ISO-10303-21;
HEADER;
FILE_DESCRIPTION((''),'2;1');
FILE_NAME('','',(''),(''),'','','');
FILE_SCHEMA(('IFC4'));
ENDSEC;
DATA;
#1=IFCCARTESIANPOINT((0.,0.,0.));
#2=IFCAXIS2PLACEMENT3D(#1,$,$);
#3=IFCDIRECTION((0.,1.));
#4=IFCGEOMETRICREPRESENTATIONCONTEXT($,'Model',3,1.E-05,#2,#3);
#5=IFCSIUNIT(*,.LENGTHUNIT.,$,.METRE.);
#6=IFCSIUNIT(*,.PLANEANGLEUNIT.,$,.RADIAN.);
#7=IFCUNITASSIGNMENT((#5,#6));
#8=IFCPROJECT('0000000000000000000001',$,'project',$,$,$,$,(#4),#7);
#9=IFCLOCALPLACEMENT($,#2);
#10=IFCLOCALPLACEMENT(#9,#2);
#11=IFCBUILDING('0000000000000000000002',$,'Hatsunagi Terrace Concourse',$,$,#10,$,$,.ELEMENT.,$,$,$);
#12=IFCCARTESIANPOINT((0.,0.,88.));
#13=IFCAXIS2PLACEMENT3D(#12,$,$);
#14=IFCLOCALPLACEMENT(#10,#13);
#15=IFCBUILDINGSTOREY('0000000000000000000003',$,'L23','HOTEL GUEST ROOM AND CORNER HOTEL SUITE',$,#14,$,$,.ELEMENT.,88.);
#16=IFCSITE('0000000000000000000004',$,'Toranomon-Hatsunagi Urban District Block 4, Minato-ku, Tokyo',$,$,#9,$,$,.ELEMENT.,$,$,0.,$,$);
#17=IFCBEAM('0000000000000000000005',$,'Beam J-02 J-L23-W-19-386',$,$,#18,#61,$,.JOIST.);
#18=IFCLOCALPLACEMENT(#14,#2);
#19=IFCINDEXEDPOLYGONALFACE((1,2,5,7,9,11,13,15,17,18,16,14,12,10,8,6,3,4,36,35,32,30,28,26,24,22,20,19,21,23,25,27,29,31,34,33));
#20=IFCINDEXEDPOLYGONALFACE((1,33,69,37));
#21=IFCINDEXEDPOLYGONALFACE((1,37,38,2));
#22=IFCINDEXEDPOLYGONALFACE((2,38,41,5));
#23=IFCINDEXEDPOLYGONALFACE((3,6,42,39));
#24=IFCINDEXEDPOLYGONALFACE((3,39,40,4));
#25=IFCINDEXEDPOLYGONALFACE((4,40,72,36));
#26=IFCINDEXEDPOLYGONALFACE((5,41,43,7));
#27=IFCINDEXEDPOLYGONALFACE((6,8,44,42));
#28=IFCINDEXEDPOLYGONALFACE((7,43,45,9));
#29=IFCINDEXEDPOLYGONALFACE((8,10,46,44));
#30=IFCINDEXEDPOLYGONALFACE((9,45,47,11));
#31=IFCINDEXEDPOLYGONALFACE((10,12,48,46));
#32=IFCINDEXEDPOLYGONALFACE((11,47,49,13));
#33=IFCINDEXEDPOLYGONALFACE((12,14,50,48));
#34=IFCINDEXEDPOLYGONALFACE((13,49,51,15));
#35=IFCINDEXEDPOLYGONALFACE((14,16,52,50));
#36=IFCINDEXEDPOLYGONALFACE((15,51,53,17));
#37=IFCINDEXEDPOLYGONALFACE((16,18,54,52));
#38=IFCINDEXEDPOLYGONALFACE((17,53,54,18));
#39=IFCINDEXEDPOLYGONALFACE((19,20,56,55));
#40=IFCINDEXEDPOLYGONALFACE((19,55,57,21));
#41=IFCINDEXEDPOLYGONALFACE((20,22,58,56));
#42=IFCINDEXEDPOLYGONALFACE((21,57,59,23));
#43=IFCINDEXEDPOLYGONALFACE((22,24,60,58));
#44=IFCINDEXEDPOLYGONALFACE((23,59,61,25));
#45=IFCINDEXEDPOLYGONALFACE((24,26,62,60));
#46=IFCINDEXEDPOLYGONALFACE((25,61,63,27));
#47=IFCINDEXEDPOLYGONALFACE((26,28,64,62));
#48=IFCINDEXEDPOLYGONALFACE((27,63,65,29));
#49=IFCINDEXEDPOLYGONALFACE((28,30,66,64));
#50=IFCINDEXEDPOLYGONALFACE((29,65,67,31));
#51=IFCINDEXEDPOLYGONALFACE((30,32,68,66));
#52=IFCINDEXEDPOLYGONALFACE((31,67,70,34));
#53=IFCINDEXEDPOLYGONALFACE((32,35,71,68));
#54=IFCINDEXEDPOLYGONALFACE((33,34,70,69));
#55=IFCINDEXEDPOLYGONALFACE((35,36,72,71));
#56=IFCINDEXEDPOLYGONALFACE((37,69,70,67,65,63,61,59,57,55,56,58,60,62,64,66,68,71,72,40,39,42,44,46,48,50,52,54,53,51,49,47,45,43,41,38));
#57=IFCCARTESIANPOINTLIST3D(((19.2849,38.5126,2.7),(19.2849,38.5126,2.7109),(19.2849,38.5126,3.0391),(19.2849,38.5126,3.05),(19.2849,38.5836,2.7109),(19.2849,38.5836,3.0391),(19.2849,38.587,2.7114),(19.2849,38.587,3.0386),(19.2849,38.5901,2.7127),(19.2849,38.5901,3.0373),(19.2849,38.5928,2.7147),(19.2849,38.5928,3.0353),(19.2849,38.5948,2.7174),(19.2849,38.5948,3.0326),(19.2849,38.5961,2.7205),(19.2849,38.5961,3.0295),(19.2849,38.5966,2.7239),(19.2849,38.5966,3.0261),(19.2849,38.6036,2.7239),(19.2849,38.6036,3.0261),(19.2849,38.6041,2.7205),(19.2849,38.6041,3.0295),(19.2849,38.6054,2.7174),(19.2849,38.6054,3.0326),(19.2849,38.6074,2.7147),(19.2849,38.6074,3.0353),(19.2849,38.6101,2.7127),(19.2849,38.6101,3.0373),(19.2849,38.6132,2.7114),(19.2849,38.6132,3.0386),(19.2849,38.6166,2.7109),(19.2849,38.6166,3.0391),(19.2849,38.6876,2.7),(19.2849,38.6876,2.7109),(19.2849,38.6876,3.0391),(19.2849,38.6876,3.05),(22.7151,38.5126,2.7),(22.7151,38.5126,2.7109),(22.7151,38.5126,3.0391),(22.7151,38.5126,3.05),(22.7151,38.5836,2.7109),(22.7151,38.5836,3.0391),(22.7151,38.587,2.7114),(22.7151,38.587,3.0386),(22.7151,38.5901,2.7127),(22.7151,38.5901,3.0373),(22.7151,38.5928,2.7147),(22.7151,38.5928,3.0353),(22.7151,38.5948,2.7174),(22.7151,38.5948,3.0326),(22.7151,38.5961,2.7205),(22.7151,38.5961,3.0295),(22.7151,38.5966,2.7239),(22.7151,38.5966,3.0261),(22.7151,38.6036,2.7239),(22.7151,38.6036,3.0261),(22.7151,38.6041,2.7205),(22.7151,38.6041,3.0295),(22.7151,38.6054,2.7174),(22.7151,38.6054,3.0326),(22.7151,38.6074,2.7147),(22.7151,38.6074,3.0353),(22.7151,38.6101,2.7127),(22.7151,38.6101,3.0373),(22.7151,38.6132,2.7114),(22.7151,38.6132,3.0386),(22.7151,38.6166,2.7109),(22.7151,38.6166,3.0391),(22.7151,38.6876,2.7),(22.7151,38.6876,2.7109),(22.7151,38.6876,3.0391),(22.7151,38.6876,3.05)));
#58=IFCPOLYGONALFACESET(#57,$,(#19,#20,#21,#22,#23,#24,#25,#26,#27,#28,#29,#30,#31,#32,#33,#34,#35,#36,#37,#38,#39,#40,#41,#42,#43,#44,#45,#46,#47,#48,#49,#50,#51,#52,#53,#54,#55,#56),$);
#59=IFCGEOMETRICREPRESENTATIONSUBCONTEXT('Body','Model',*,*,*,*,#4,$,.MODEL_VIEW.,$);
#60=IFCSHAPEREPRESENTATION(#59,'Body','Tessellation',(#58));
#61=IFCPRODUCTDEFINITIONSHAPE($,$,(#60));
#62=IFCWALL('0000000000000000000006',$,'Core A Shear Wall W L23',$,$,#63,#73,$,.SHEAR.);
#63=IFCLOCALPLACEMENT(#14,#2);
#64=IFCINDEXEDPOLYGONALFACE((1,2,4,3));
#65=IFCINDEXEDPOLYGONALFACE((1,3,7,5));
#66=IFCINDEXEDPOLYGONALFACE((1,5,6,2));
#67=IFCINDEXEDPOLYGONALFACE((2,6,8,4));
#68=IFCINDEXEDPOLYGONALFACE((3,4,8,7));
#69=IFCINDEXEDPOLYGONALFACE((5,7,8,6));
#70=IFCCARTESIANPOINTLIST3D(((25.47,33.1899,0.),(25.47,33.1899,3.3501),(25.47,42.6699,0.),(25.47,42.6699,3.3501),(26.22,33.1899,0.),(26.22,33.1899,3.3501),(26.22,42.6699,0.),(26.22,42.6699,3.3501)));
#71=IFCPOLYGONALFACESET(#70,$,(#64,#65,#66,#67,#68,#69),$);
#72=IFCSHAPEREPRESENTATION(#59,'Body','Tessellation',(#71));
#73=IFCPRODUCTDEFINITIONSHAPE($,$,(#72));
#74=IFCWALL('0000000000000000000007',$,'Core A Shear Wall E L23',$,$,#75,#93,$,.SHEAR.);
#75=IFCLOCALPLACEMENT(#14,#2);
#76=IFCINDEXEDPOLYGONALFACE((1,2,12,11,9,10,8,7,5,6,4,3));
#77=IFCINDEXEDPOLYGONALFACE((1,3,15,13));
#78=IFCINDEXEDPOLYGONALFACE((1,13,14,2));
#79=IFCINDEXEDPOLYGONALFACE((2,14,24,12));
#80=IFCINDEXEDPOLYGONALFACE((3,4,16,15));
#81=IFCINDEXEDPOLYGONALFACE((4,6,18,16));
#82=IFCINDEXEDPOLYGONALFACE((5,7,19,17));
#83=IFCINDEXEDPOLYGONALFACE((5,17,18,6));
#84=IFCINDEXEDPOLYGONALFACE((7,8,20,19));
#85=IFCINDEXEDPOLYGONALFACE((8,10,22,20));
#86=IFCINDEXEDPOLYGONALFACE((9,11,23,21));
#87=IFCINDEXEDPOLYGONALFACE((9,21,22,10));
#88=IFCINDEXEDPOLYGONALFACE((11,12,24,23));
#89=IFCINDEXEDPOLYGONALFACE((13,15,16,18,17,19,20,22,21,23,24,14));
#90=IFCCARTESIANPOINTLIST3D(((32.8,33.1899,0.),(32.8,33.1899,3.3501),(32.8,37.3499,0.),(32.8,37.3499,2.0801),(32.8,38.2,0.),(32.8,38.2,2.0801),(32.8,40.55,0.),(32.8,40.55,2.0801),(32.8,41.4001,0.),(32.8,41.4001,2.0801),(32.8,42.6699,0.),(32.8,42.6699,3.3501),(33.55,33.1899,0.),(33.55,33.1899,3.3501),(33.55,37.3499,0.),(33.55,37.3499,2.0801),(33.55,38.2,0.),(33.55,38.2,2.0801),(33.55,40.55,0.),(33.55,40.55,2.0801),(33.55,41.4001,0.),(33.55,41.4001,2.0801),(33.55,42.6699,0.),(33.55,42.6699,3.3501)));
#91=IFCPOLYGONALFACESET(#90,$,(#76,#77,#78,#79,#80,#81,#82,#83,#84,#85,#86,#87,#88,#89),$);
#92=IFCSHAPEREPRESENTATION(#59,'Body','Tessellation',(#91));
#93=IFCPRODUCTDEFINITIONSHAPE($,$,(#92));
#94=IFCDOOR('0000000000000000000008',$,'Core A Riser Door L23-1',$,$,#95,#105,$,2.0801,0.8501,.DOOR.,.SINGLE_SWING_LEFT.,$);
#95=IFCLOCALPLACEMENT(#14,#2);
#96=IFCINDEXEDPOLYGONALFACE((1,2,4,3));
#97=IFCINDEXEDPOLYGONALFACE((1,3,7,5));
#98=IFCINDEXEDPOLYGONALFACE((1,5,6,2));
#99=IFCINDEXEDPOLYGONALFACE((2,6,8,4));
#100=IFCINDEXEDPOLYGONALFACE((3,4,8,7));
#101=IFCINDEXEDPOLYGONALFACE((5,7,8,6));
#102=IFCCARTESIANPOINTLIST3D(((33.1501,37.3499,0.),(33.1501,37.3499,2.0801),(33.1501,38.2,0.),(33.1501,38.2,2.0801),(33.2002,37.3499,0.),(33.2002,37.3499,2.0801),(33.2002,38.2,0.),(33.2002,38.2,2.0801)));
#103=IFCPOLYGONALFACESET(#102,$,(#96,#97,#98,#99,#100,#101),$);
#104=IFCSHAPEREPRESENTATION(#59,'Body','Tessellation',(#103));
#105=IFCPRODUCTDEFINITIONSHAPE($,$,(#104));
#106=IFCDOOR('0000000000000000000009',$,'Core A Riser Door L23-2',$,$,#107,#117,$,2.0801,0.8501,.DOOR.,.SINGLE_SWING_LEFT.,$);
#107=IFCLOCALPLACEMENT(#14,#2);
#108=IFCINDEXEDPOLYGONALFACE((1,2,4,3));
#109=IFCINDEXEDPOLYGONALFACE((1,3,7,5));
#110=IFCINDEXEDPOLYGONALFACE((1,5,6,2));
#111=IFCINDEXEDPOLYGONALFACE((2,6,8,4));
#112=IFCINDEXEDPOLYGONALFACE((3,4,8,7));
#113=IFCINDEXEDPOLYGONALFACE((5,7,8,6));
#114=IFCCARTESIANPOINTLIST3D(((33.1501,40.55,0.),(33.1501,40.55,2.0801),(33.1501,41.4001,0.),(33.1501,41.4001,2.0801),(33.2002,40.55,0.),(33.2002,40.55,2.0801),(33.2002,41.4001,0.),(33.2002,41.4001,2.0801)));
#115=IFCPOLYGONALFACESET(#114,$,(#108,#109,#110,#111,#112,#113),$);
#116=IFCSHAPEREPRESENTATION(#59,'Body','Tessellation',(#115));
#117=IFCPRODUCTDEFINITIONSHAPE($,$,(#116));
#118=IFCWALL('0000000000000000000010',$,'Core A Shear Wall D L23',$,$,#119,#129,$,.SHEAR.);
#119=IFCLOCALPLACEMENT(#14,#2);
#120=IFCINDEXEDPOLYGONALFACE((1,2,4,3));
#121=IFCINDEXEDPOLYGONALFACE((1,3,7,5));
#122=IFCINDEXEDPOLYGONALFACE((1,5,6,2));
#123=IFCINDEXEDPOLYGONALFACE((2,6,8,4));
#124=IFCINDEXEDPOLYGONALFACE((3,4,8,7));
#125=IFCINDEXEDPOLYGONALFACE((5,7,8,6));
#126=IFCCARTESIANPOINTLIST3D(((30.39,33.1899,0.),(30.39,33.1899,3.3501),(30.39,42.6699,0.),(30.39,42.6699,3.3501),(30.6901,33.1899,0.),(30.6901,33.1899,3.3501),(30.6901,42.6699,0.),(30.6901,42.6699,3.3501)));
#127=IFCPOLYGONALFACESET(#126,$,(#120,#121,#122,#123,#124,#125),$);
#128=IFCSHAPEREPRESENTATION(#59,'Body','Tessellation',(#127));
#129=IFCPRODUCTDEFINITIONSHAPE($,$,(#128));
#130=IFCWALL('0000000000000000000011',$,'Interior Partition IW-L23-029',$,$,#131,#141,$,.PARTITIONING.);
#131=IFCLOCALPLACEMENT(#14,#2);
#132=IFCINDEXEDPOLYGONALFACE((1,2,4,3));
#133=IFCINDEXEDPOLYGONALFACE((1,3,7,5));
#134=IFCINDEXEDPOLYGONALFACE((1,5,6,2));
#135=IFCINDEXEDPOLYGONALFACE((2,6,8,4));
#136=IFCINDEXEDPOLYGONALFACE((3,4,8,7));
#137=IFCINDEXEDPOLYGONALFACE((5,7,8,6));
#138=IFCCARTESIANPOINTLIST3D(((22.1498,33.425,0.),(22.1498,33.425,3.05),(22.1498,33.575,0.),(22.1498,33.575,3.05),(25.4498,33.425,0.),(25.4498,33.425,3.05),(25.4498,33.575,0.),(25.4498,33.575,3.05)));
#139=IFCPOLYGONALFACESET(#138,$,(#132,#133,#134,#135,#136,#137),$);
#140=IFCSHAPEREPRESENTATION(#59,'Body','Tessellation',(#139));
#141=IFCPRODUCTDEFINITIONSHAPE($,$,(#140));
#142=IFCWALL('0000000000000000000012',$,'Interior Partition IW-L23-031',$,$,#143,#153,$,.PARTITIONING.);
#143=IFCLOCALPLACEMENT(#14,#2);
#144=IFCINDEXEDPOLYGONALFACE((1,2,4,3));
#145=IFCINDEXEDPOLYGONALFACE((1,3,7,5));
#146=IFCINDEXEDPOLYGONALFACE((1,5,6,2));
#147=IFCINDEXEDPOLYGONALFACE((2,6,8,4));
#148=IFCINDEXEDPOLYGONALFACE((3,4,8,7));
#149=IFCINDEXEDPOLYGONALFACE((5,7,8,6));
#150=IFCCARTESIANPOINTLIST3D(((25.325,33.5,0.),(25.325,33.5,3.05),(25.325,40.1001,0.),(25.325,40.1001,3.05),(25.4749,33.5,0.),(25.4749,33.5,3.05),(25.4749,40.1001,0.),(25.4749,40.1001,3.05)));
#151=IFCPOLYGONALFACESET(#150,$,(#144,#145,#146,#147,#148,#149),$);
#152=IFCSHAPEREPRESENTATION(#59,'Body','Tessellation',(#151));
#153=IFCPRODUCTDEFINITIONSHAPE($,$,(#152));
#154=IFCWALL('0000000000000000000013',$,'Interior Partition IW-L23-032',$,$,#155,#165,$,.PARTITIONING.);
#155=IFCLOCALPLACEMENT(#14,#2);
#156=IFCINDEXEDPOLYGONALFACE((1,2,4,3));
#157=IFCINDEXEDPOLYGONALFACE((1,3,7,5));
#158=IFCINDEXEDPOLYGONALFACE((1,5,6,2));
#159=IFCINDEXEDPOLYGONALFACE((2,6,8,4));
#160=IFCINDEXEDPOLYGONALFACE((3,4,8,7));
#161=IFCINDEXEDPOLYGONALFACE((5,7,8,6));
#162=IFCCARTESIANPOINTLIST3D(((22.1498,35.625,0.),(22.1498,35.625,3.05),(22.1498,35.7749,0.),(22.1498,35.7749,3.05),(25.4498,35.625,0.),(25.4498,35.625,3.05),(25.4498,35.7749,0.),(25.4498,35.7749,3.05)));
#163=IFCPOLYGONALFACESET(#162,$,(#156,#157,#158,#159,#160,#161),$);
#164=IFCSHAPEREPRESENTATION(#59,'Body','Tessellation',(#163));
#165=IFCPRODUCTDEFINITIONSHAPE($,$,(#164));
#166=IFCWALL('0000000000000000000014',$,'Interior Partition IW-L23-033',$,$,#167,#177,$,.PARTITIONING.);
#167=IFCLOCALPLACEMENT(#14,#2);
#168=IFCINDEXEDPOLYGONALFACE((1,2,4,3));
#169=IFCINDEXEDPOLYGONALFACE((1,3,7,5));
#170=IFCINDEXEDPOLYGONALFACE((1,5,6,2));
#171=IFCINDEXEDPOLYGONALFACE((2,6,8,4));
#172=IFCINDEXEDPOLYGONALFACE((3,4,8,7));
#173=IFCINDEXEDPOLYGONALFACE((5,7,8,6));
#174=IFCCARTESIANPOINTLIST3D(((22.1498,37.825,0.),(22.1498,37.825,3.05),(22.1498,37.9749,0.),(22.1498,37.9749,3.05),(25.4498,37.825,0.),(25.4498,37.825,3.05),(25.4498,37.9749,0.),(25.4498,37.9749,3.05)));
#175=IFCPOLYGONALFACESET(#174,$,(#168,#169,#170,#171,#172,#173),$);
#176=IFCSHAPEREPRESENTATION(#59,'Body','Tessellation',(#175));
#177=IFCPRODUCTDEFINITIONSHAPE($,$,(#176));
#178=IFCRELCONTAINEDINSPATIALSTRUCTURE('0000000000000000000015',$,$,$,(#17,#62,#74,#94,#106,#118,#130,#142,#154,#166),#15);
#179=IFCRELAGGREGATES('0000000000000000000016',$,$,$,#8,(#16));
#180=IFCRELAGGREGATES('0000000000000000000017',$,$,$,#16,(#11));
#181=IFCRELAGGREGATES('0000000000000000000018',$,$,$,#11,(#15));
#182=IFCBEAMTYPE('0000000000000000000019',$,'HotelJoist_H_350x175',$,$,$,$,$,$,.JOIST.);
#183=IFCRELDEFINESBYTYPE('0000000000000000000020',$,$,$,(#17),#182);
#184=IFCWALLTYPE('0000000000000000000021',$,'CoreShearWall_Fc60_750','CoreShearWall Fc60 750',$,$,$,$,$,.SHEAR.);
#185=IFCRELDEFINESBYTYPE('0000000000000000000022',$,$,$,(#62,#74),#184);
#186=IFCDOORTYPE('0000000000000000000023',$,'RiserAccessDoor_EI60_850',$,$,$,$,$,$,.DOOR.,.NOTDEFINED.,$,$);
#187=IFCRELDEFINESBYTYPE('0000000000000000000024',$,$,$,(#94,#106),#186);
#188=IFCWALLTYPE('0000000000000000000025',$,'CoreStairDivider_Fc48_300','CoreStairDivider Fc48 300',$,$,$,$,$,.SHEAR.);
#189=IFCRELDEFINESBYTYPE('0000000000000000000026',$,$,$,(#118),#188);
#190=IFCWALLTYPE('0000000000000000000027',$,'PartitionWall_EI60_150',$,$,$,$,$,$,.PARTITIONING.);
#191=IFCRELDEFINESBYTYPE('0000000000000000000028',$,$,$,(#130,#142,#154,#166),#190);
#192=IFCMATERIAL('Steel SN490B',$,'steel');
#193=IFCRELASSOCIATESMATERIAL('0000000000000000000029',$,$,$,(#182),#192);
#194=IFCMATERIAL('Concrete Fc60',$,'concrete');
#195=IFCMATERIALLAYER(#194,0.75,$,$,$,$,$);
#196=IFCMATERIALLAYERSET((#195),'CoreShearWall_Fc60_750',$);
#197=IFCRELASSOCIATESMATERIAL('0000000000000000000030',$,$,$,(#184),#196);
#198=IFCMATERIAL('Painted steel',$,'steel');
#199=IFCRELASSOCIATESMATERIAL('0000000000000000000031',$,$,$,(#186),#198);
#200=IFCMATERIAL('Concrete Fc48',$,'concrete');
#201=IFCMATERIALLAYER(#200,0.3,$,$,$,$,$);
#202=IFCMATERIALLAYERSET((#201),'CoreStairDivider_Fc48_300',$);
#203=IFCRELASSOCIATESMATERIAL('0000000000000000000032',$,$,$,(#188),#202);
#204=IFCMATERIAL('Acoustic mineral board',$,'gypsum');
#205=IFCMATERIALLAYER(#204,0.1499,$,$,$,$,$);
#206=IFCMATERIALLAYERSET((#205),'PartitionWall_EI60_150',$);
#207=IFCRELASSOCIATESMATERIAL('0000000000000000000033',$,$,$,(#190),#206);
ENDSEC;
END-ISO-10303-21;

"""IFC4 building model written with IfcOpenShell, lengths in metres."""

from ifc_helpers import new_model, si_unit, direction, frame, frame_2d, origin, origin_2d, place, context, subcontext, project, spatial, rectangle, i_section, extrude, material, layer, layer_set, material_profile, profile_set, type_object, element, fill, save


model = new_model("IFC4")

# Units and contexts
model_context = context("Model", 3, precision=1e-05, world=origin(), true_north=direction((0.0, 1.0)))
body_context = subcontext(model_context, "Body", "Model", "MODEL_VIEW")
ifc_project = project(units=[si_unit("LENGTHUNIT", "METRE"), si_unit("PLANEANGLEUNIT", "RADIAN")], contexts=[model_context])

# Site, building, storey
site_placement = place(None, origin())
site = spatial("IfcSite", under=ifc_project, at=site_placement, Name="Toranomon-Hatsunagi Urban District Block 4, Minato-ku, Tokyo", CompositionType="ELEMENT", RefElevation=0.0)
building_placement = place(site_placement, origin())
building = spatial("IfcBuilding", under=site, at=building_placement, Name="Hatsunagi Terrace Concourse", CompositionType="ELEMENT")
storey_placement = place(building_placement, frame((0.0, 0.0, 88.0)))
storey = spatial("IfcBuildingStorey", under=building, at=storey_placement, Name="L23", Description="HOTEL GUEST ROOM AND CORNER HOTEL SUITE", CompositionType="ELEMENT", Elevation=88.0)

# Beam
ifc_material_1 = material(Name="Steel SN490B", Category="steel")
ifc_material_profile_1 = material_profile(ifc_material_1, i_section(OverallWidth=0.175, OverallDepth=0.3501, WebThickness=0.0071, FlangeThickness=0.011, FilletRadius=0.0129, at=origin_2d()), Name="H-350x175x7x11")
ifc_profile_set_1 = profile_set([ifc_material_profile_1], Name="Steel SN490B")
beam_type_1 = type_object("IfcBeamType", Name="HotelJoist_H_350x175", PredefinedType="JOIST", material=ifc_profile_set_1)
for number, where, z_axis, x_axis, name in (
    (1, (19.2849, 38.6001, 2.875), (1.0, 0.0, 0.0), (0.0, 1.0, 0.0), "Beam J-02 J-L23-W-19-386"),
):
    element("IfcBeam", number, at=place(storey_placement, frame(where, z_axis=z_axis, x_axis=x_axis)), inside=storey, type_object=beam_type_1, Name=name, PredefinedType="JOIST", context=body_context, shape_type="SweptSolid", body=[
        extrude(i_section(OverallWidth=0.175, OverallDepth=0.3501, WebThickness=0.0071, FlangeThickness=0.011, FilletRadius=0.0129, at=origin_2d()), origin(), (0.0, 0.0, 1.0), 3.4302),
    ])

# Shared definitions
ifc_material_2 = material(Name="Concrete Fc60", Category="concrete")
ifc_layer_1 = layer(ifc_material_2, 0.75)
ifc_layer_set_1 = layer_set([ifc_layer_1], Name="CoreShearWall_Fc60_750")
wall_type_1 = type_object("IfcWallType", Name="CoreShearWall_Fc60_750", Description="CoreShearWall Fc60 750", PredefinedType="SHEAR", material=ifc_layer_set_1)

# Wall
wall_1_placement = place(storey_placement, frame((25.845, 33.1899, 0.0), z_axis=(0.0, 0.0, 1.0), x_axis=(0.0, 1.0, 0.0)))
element("IfcWall", 2, at=wall_1_placement, inside=storey, type_object=wall_type_1, Name="Core A Shear Wall W L23", PredefinedType="SHEAR", context=body_context, shape_type="SweptSolid", body=[
    extrude(rectangle(XDim=9.48, YDim=0.75, at=frame_2d((4.74, 0.0))), origin(), (0.0, 0.0, 1.0), 3.3501),
])

# Wall, openings, doors
wall_2_placement = place(storey_placement, frame((33.175, 33.1899, 0.0), z_axis=(0.0, 0.0, 1.0), x_axis=(0.0, 1.0, 0.0)))
wall_2 = element("IfcWall", 3, at=wall_2_placement, inside=storey, type_object=wall_type_1, Name="Core A Shear Wall E L23", PredefinedType="SHEAR", context=body_context, shape_type="SweptSolid", body=[
    extrude(rectangle(XDim=9.48, YDim=0.75, at=frame_2d((4.74, 0.0))), origin(), (0.0, 0.0, 1.0), 3.3501),
])
opening_1_placement = place(wall_2_placement, frame((4.1599, 0.0, 0.0)))
opening_1 = element("IfcOpeningElement", 4, at=opening_1_placement, cuts=wall_2, PredefinedType="OPENING", context=body_context, shape_type="SweptSolid", body=[
    extrude(rectangle(XDim=0.8501, YDim=2.0801, at=frame_2d((0.425, 1.04))), frame((0.0, 0.385, 0.0), z_axis=(0.0, -1.0, 0.0), x_axis=(1.0, 0.0, 0.0)), (0.0, 0.0, 1.0), 0.77),
])
opening_2_placement = place(wall_2_placement, frame((7.3601, 0.0, 0.0)))
opening_2 = element("IfcOpeningElement", 5, at=opening_2_placement, cuts=wall_2, PredefinedType="OPENING", context=body_context, shape_type="SweptSolid", body=[
    extrude(rectangle(XDim=0.8501, YDim=2.0801, at=frame_2d((0.425, 1.04))), frame((0.0, 0.385, 0.0), z_axis=(0.0, -1.0, 0.0), x_axis=(1.0, 0.0, 0.0)), (0.0, 0.0, 1.0), 0.77),
])
ifc_material_3 = material(Name="Painted steel", Category="steel")
door_type_1 = type_object("IfcDoorType", Name="RiserAccessDoor_EI60_850", OperationType="NOTDEFINED", PredefinedType="DOOR", material=ifc_material_3)
door_1_placement = place(opening_1_placement, origin())
door_1 = element("IfcDoor", 6, at=door_1_placement, inside=storey, type_object=door_type_1, Name="Core A Riser Door L23-1", OperationType="SINGLE_SWING_LEFT", OverallHeight=2.0801, OverallWidth=0.8501, PredefinedType="DOOR", context=body_context, shape_type="SweptSolid", body=[
    extrude(rectangle(XDim=0.8501, YDim=2.0801, at=frame_2d((0.425, 1.04))), frame((0.0, 0.0249, 0.0), z_axis=(0.0, -1.0, 0.0), x_axis=(1.0, 0.0, 0.0)), (0.0, 0.0, 1.0), 0.05),
])
fill(opening_1, door_1)
door_2_placement = place(opening_2_placement, origin())
door_2 = element("IfcDoor", 7, at=door_2_placement, inside=storey, type_object=door_type_1, Name="Core A Riser Door L23-2", OperationType="SINGLE_SWING_LEFT", OverallHeight=2.0801, OverallWidth=0.8501, PredefinedType="DOOR", context=body_context, shape_type="SweptSolid", body=[
    extrude(rectangle(XDim=0.8501, YDim=2.0801, at=frame_2d((0.425, 1.04))), frame((0.0, 0.0249, 0.0), z_axis=(0.0, -1.0, 0.0), x_axis=(1.0, 0.0, 0.0)), (0.0, 0.0, 1.0), 0.05),
])
fill(opening_2, door_2)

# Walls
ifc_material_4 = material(Name="Concrete Fc48", Category="concrete")
ifc_layer_2 = layer(ifc_material_4, 0.3)
ifc_layer_set_2 = layer_set([ifc_layer_2], Name="CoreStairDivider_Fc48_300")
wall_type_2 = type_object("IfcWallType", Name="CoreStairDivider_Fc48_300", Description="CoreStairDivider Fc48 300", PredefinedType="SHEAR", material=ifc_layer_set_2)
wall_3_placement = place(storey_placement, frame((30.54, 33.1899, 0.0), z_axis=(0.0, 0.0, 1.0), x_axis=(0.0, 1.0, 0.0)))
element("IfcWall", 8, at=wall_3_placement, inside=storey, type_object=wall_type_2, Name="Core A Shear Wall D L23", PredefinedType="SHEAR", context=body_context, shape_type="SweptSolid", body=[
    extrude(rectangle(XDim=9.48, YDim=0.3, at=frame_2d((4.74, 0.0))), origin(), (0.0, 0.0, 1.0), 3.3501),
])
ifc_material_5 = material(Name="Acoustic mineral board", Category="gypsum")
ifc_layer_3 = layer(ifc_material_5, 0.1499)
ifc_layer_set_3 = layer_set([ifc_layer_3], Name="PartitionWall_EI60_150")
wall_type_3 = type_object("IfcWallType", Name="PartitionWall_EI60_150", PredefinedType="PARTITIONING", material=ifc_layer_set_3)
wall_4_placement = place(storey_placement, frame((22.1499, 33.5, 0.0), z_axis=(0.0, 0.0, 1.0), x_axis=(1.0, 0.0, 0.0)))
element("IfcWall", 9, at=wall_4_placement, inside=storey, type_object=wall_type_3, Name="Interior Partition IW-L23-029", PredefinedType="PARTITIONING", context=body_context, shape_type="SweptSolid", body=[
    extrude(rectangle(XDim=3.3, YDim=0.1499, at=frame_2d((1.6499, 0.0))), origin(), (0.0, 0.0, 1.0), 3.05),
])
wall_5_placement = place(storey_placement, frame((25.3999, 33.5, 0.0), z_axis=(0.0, 0.0, 1.0), x_axis=(0.0, 1.0, 0.0)))
element("IfcWall", 10, at=wall_5_placement, inside=storey, type_object=wall_type_3, Name="Interior Partition IW-L23-031", PredefinedType="PARTITIONING", context=body_context, shape_type="SweptSolid", body=[
    extrude(rectangle(XDim=6.6001, YDim=0.1499, at=frame_2d((3.3, 0.0))), origin(), (0.0, 0.0, 1.0), 3.05),
])
for number, where, z_axis, x_axis, name in (
    (11, (22.1499, 35.7, 0.0), (0.0, 0.0, 1.0), (1.0, 0.0, 0.0), "Interior Partition IW-L23-032"),
    (12, (22.1499, 37.8999, 0.0), (0.0, 0.0, 1.0), (1.0, 0.0, 0.0), "Interior Partition IW-L23-033"),
):
    element("IfcWall", number, at=place(storey_placement, frame(where, z_axis=z_axis, x_axis=x_axis)), inside=storey, type_object=wall_type_3, Name=name, PredefinedType="PARTITIONING", context=body_context, shape_type="SweptSolid", body=[
        extrude(rectangle(XDim=3.3, YDim=0.1499, at=frame_2d((1.6499, 0.0))), origin(), (0.0, 0.0, 1.0), 3.05),
    ])

save(model, "model.ifc")
